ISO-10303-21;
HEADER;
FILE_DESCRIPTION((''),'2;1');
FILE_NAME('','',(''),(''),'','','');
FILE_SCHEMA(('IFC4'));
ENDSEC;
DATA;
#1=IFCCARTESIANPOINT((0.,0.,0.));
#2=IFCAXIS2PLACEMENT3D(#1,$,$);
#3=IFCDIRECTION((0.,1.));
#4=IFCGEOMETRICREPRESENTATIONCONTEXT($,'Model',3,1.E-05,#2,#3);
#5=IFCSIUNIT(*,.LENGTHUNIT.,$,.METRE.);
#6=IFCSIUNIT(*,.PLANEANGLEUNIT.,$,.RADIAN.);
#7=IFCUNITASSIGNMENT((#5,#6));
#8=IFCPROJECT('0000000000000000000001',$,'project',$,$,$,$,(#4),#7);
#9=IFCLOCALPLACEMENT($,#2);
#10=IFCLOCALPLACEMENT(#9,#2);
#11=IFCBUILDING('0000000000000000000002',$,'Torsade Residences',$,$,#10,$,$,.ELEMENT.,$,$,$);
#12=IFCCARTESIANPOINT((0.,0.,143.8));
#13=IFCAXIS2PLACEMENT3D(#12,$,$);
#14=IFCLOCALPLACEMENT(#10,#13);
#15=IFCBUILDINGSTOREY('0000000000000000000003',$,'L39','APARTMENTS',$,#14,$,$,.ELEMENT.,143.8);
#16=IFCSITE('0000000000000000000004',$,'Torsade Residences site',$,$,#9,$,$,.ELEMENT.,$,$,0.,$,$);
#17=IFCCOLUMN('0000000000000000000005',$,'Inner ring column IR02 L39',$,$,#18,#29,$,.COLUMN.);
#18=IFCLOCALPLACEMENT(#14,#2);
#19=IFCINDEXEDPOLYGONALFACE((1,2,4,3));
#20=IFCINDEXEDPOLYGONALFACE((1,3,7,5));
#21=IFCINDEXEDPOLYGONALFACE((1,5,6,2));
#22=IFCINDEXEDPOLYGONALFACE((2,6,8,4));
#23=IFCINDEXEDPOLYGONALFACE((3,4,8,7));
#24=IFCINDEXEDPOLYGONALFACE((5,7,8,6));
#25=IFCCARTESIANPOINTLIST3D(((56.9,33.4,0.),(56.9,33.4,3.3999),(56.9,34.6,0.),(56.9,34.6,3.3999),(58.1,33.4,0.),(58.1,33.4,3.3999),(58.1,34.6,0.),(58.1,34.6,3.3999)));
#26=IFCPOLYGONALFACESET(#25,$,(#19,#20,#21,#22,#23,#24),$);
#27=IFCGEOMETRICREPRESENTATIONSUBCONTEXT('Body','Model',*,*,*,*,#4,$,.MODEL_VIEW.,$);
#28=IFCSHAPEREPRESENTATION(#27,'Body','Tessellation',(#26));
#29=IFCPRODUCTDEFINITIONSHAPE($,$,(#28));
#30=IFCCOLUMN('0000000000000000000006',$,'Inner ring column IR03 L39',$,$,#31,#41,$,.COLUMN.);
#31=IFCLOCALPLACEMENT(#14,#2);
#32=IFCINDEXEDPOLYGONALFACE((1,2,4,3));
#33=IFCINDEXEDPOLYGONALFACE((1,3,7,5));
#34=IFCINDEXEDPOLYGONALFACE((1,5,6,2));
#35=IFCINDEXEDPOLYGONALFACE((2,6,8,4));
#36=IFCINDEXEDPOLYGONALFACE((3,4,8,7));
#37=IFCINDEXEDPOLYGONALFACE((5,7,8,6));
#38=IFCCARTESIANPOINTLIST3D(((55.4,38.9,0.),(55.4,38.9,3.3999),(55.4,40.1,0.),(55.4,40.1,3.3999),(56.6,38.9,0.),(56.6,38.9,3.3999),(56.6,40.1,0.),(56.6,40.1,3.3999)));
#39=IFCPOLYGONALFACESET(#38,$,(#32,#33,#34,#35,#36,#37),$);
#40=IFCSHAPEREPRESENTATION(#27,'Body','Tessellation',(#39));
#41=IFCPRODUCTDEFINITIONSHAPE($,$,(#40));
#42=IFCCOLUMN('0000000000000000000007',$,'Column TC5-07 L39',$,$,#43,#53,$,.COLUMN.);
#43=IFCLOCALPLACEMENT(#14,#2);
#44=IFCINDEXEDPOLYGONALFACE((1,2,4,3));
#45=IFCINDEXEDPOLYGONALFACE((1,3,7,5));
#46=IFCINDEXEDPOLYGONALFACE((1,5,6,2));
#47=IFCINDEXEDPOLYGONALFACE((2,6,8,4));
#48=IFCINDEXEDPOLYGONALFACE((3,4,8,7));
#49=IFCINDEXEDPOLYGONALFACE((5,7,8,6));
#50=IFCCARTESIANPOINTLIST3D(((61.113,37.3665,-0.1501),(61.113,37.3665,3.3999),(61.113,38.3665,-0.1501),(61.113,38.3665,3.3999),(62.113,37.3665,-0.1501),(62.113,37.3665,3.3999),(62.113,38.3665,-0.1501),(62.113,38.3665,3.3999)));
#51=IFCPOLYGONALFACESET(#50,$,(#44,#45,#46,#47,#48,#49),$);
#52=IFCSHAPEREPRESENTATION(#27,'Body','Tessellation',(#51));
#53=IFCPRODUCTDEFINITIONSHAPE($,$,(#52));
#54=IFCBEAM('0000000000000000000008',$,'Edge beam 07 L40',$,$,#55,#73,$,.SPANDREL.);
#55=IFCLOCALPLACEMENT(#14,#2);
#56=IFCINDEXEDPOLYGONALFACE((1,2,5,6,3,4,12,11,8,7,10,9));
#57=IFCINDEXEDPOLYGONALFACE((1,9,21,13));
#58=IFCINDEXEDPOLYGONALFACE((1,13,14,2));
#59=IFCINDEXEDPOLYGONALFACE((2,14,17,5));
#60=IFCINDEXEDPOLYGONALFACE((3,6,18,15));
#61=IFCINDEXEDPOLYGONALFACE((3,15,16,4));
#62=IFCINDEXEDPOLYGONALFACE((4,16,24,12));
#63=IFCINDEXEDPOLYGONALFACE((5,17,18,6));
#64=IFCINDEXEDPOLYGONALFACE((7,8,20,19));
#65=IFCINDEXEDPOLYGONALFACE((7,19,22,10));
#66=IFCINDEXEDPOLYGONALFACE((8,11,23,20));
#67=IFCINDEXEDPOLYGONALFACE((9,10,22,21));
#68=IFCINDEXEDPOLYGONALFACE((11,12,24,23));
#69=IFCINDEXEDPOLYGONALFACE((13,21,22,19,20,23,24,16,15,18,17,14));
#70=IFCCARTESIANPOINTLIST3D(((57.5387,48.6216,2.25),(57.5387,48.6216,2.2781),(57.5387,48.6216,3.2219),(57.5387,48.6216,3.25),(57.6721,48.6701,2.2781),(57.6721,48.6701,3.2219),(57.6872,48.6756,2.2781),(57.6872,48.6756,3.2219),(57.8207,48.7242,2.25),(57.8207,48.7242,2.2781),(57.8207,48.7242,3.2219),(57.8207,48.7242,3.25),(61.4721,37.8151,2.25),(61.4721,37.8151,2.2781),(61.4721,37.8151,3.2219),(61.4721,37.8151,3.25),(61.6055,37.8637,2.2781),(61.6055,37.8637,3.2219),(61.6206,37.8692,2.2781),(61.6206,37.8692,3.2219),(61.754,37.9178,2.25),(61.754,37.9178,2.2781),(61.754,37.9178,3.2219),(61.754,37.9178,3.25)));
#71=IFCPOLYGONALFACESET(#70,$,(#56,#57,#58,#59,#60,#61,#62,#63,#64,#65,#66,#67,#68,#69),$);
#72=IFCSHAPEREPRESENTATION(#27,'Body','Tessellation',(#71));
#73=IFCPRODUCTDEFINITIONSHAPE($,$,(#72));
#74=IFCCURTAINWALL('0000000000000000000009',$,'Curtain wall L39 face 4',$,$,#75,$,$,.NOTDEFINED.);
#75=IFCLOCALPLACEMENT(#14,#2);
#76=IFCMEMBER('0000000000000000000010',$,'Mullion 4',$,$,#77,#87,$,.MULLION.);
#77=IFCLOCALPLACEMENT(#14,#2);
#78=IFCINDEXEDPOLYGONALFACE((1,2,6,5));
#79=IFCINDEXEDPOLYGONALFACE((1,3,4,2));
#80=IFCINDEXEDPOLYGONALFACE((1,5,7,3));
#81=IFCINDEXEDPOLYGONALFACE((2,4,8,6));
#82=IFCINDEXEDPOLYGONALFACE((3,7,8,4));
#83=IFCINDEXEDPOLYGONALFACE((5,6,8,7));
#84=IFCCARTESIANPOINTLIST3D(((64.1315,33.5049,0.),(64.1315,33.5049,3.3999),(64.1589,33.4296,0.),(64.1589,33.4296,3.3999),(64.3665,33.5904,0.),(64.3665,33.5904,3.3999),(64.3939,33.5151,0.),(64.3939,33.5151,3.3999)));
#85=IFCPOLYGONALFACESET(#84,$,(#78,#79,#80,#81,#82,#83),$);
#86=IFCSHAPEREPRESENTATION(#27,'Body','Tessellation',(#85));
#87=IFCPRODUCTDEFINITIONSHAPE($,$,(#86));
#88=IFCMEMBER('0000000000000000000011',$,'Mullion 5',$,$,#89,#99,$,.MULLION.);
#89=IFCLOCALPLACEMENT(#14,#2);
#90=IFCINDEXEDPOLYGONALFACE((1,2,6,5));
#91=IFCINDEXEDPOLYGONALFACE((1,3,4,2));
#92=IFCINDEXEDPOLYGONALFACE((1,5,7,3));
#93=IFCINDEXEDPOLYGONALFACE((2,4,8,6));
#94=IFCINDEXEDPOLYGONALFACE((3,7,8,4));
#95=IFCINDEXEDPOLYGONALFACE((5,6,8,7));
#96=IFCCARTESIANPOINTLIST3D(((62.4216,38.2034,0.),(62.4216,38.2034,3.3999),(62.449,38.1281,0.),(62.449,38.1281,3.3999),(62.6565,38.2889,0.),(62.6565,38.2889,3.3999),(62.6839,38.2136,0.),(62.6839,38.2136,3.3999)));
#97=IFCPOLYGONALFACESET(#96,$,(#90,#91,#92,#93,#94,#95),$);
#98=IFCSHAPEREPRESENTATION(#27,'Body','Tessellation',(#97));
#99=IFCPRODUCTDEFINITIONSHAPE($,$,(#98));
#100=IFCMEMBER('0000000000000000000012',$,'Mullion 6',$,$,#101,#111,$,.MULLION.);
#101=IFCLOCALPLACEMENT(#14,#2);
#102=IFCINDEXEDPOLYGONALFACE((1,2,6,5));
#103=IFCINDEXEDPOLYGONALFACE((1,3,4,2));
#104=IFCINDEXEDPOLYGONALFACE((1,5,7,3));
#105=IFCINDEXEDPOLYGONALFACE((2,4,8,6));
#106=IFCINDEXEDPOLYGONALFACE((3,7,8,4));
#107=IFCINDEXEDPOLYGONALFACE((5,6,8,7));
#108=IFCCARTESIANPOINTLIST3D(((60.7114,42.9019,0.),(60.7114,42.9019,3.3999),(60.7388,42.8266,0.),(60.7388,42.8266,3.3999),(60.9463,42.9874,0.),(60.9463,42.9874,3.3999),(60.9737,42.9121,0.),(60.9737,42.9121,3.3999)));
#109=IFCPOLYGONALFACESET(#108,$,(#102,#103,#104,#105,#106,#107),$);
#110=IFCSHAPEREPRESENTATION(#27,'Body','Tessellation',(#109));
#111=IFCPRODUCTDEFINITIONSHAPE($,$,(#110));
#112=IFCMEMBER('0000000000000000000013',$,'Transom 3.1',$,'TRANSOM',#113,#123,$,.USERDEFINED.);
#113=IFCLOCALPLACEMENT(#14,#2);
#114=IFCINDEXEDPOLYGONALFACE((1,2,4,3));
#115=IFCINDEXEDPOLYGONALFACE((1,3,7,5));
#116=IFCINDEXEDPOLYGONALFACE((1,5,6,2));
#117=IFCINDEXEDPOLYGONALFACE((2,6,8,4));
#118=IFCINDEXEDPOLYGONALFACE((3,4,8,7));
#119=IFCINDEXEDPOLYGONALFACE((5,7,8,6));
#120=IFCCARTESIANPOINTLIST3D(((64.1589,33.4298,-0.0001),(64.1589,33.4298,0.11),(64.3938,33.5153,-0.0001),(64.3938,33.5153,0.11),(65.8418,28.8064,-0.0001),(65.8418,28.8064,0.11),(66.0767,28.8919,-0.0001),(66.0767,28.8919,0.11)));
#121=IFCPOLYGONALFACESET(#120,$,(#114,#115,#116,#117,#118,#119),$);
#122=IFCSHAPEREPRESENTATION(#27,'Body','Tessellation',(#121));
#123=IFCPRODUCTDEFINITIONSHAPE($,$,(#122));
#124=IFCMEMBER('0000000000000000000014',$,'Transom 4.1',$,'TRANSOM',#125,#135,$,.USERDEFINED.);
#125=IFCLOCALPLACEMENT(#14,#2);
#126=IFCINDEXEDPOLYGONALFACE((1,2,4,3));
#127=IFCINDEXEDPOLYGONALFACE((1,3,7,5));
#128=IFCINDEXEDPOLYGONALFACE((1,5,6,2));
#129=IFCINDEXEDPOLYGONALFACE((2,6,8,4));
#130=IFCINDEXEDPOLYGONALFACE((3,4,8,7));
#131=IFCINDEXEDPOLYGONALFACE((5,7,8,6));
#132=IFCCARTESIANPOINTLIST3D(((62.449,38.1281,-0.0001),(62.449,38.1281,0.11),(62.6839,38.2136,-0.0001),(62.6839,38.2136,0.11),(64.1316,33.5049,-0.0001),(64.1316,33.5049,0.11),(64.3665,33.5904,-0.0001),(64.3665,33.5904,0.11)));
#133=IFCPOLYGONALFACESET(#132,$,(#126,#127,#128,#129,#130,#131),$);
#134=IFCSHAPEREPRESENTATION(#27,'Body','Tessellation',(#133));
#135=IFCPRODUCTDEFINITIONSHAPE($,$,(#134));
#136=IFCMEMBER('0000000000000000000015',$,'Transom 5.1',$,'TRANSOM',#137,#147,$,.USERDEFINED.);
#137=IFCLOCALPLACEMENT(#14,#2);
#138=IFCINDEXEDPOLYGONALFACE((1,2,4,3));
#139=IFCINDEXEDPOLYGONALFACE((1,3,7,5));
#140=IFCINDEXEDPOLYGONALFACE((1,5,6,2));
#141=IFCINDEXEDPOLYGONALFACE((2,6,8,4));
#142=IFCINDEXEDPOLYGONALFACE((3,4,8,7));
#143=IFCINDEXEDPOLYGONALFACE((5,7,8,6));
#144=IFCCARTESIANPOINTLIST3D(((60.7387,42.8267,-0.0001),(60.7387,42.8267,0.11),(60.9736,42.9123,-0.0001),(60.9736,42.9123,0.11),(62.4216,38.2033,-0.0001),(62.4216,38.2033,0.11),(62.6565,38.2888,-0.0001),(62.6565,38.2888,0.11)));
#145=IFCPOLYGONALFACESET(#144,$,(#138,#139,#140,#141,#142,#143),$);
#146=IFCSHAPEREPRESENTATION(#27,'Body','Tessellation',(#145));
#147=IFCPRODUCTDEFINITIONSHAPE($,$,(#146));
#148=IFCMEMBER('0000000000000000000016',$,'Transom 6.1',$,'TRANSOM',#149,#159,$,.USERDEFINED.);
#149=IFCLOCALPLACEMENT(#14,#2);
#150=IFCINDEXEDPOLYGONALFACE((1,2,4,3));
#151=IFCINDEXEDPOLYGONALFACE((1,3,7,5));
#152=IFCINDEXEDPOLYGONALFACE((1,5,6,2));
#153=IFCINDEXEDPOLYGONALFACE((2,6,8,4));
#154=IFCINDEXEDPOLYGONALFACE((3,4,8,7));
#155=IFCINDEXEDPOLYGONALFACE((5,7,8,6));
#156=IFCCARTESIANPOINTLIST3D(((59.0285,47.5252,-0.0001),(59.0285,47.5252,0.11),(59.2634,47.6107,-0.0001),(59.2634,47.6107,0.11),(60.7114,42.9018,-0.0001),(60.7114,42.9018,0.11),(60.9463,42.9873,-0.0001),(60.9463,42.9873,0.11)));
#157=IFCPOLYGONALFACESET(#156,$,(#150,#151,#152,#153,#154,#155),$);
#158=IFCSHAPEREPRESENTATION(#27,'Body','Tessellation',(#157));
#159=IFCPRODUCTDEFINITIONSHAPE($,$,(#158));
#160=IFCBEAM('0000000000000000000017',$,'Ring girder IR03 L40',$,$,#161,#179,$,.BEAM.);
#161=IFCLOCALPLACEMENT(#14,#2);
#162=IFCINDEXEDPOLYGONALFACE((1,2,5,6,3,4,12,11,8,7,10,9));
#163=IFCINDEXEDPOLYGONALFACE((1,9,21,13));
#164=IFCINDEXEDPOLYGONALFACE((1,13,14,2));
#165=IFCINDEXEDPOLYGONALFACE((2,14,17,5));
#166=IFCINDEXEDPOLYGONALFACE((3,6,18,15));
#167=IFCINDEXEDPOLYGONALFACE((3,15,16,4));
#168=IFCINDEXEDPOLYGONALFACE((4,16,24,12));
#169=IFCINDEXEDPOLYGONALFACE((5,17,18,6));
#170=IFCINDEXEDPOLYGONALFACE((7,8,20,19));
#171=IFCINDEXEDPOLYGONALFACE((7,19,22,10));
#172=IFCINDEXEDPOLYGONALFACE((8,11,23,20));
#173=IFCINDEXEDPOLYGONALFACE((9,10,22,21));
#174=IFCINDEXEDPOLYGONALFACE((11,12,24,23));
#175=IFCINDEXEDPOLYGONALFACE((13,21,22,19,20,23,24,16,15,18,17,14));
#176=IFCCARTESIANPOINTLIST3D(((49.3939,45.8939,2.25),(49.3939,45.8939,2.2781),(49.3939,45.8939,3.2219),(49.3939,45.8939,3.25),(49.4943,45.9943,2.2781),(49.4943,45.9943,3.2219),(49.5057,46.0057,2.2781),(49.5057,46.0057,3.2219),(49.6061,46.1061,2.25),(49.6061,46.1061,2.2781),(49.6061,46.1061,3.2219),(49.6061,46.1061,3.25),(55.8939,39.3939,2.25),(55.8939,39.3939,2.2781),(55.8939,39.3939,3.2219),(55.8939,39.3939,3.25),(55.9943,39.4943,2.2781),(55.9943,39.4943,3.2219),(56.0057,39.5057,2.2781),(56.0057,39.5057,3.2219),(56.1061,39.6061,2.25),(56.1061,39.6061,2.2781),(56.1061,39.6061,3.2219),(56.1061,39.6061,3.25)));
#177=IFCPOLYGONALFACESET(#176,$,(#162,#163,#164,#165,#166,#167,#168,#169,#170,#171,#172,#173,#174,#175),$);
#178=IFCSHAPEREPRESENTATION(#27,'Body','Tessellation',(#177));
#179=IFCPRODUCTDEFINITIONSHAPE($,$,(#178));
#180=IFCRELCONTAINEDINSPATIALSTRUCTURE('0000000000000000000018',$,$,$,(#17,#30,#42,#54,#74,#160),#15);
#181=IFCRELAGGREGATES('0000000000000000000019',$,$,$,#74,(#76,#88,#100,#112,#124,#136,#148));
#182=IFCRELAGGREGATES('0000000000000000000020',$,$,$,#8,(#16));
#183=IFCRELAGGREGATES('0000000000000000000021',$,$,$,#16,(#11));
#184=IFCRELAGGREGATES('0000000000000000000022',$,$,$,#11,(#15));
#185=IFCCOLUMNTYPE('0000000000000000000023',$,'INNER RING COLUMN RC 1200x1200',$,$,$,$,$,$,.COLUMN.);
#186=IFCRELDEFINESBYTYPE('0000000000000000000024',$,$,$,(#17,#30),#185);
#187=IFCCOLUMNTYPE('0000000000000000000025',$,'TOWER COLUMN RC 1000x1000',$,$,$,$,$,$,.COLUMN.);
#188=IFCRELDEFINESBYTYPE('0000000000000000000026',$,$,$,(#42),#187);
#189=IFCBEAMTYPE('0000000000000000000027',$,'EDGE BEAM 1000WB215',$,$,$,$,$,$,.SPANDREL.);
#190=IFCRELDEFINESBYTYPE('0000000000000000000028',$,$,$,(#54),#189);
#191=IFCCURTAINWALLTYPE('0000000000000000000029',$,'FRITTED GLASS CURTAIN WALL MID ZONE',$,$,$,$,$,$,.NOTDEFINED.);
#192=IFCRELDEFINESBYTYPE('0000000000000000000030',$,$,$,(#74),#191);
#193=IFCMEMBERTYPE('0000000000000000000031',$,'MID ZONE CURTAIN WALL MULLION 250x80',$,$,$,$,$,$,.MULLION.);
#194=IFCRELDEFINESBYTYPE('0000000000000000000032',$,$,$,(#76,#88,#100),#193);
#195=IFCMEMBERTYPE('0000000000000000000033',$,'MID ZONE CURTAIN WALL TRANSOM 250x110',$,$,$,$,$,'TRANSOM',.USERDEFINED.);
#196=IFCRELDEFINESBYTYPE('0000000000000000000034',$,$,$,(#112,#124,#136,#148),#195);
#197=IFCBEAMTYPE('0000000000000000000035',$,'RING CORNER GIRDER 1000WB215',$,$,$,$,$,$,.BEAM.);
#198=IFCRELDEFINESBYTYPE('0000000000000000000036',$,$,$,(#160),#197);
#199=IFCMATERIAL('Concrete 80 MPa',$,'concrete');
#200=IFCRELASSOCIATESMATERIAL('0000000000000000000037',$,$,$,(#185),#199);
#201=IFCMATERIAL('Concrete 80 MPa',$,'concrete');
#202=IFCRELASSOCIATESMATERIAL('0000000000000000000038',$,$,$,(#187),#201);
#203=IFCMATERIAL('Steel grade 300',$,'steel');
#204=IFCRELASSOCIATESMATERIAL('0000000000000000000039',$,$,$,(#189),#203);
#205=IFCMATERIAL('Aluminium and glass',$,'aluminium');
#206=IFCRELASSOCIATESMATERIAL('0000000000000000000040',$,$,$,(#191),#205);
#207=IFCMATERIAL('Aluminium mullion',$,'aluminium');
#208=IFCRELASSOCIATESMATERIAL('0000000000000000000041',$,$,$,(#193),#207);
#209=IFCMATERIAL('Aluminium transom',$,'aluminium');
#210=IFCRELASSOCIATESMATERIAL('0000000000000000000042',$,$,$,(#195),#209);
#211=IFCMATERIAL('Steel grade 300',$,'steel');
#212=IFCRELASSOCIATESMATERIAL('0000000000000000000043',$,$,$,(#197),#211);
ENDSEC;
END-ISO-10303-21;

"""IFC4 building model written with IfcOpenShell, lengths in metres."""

from ifc_helpers import new_model, si_unit, direction, frame, origin, origin_2d, place, context, subcontext, project, spatial, rectangle, i_section, extrude, material, material_profile, profile_set, type_object, element, aggregate, save


model = new_model("IFC4")

# Units and contexts
model_context = context("Model", 3, precision=1e-05, world=origin(), true_north=direction((0.0, 1.0)))
body_context = subcontext(model_context, "Body", "Model", "MODEL_VIEW")
ifc_project = project(units=[si_unit("LENGTHUNIT", "METRE"), si_unit("PLANEANGLEUNIT", "RADIAN")], contexts=[model_context])

# Site, building, storey
site_placement = place(None, origin())
site = spatial("IfcSite", under=ifc_project, at=site_placement, Name="Torsade Residences site", CompositionType="ELEMENT", RefElevation=0.0)
building_placement = place(site_placement, origin())
building = spatial("IfcBuilding", under=site, at=building_placement, Name="Torsade Residences", CompositionType="ELEMENT")
storey_placement = place(building_placement, frame((0.0, 0.0, 143.8)))
storey = spatial("IfcBuildingStorey", under=building, at=storey_placement, Name="L39", Description="APARTMENTS", CompositionType="ELEMENT", Elevation=143.8)

# Columns
ifc_material_1 = material(Name="Concrete 80 MPa", Category="concrete")
ifc_material_profile_1 = material_profile(ifc_material_1, rectangle(XDim=1.2, YDim=1.2, at=origin_2d()), Name="RC 1200x1200")
ifc_profile_set_1 = profile_set([ifc_material_profile_1], Name="Concrete 80 MPa")
column_type_1 = type_object("IfcColumnType", Name="INNER RING COLUMN RC 1200x1200", PredefinedType="COLUMN", material=ifc_profile_set_1)
for number, where, z_axis, x_axis, name in (
    (1, (57.5, 34.0, 0.0), (0.0, 0.0, 1.0), (1.0, 0.0, 0.0), "Inner ring column IR02 L39"),
    (2, (56.0, 39.5, 0.0), (0.0, 0.0, 1.0), (1.0, 0.0, 0.0), "Inner ring column IR03 L39"),
):
    element("IfcColumn", number, at=place(storey_placement, frame(where, z_axis=z_axis, x_axis=x_axis)), inside=storey, type_object=column_type_1, Name=name, PredefinedType="COLUMN", context=body_context, shape_type="SweptSolid", body=[
        extrude(rectangle(XDim=1.2, YDim=1.2, at=origin_2d()), origin(), (0.0, 0.0, 1.0), 3.3999),
    ])
ifc_material_2 = material(Name="Concrete 80 MPa", Category="concrete")
ifc_material_profile_2 = material_profile(ifc_material_2, rectangle(XDim=1.0, YDim=1.0, at=origin_2d()), Name="RC 1000x1000")
ifc_profile_set_2 = profile_set([ifc_material_profile_2], Name="Concrete 80 MPa")
column_type_2 = type_object("IfcColumnType", Name="TOWER COLUMN RC 1000x1000", PredefinedType="COLUMN", material=ifc_profile_set_2)
column_placement = place(storey_placement, frame((61.613, 37.8665, -0.1501), z_axis=(0.0, 0.0, 1.0), x_axis=(1.0, 0.0, 0.0)))
element("IfcColumn", 3, at=column_placement, inside=storey, type_object=column_type_2, Name="Column TC5-07 L39", PredefinedType="COLUMN", context=body_context, shape_type="SweptSolid", body=[
    extrude(rectangle(XDim=1.0, YDim=1.0, at=origin_2d()), origin(), (0.0, 0.0, 1.0), 3.55),
])

# Beam
ifc_material_3 = material(Name="Steel grade 300", Category="steel")
ifc_material_profile_3 = material_profile(ifc_material_3, i_section(OverallWidth=0.3, OverallDepth=1.0, WebThickness=0.0161, FlangeThickness=0.0281, at=origin_2d()), Name="1000WB215")
ifc_profile_set_3 = profile_set([ifc_material_profile_3], Name="Steel grade 300")
beam_type_1 = type_object("IfcBeamType", Name="EDGE BEAM 1000WB215", PredefinedType="SPANDREL", material=ifc_profile_set_3)
beam_1_placement = place(storey_placement, frame((61.613, 37.8665, 2.75), z_axis=(-0.342031, 0.939689, 0.0), x_axis=(-0.939689, -0.342031, 0.0)))
element("IfcBeam", 4, at=beam_1_placement, inside=storey, type_object=beam_type_1, Name="Edge beam 07 L40", PredefinedType="SPANDREL", context=body_context, shape_type="SweptSolid", body=[
    extrude(i_section(OverallWidth=0.3, OverallDepth=1.0, WebThickness=0.0161, FlangeThickness=0.0281, at=origin_2d()), origin(), (0.0, 0.0, 1.0), 11.5),
])

# Curtain wall, members
ifc_material_4 = material(Name="Aluminium and glass", Category="aluminium")
curtain_wall_type = type_object("IfcCurtainWallType", Name="FRITTED GLASS CURTAIN WALL MID ZONE", PredefinedType="NOTDEFINED", material=ifc_material_4)
curtain_wall_placement = place(storey_placement, origin())
curtain_wall = element("IfcCurtainWall", 5, at=curtain_wall_placement, inside=storey, type_object=curtain_wall_type, Name="Curtain wall L39 face 4", PredefinedType="NOTDEFINED")
ifc_material_5 = material(Name="Aluminium mullion", Category="aluminium")
ifc_material_profile_4 = material_profile(ifc_material_5, rectangle(XDim=0.25, YDim=0.0801, at=origin_2d()), Name="MID ZONE CURTAIN WALL MULLION 250x80")
ifc_profile_set_4 = profile_set([ifc_material_profile_4], Name="Aluminium mullion")
member_type_1 = type_object("IfcMemberType", Name="MID ZONE CURTAIN WALL MULLION 250x80", PredefinedType="MULLION", material=ifc_profile_set_4)
member_1_placement = place(storey_placement, frame((64.2627, 33.51, 0.0), z_axis=(0.0, 0.0, 1.0), x_axis=(-0.939693, -0.34202, 0.0)))
member_1 = element("IfcMember", 6, at=member_1_placement, type_object=member_type_1, Name="Mullion 4", PredefinedType="MULLION", context=body_context, shape_type="SweptSolid", body=[
    extrude(rectangle(XDim=0.25, YDim=0.0801, at=origin_2d()), origin(), (0.0, 0.0, 1.0), 3.3999),
])
member_2_placement = place(storey_placement, frame((62.5527, 38.2085, 0.0), z_axis=(0.0, 0.0, 1.0), x_axis=(-0.939693, -0.34202, 0.0)))
member_2 = element("IfcMember", 7, at=member_2_placement, type_object=member_type_1, Name="Mullion 5", PredefinedType="MULLION", context=body_context, shape_type="SweptSolid", body=[
    extrude(rectangle(XDim=0.25, YDim=0.0801, at=origin_2d()), origin(), (0.0, 0.0, 1.0), 3.3999),
])
member_3_placement = place(storey_placement, frame((60.8425, 42.907, 0.0), z_axis=(0.0, 0.0, 1.0), x_axis=(-0.939693, -0.34202, 0.0)))
member_3 = element("IfcMember", 8, at=member_3_placement, type_object=member_type_1, Name="Mullion 6", PredefinedType="MULLION", context=body_context, shape_type="SweptSolid", body=[
    extrude(rectangle(XDim=0.25, YDim=0.0801, at=origin_2d()), origin(), (0.0, 0.0, 1.0), 3.3999),
])
ifc_material_6 = material(Name="Aluminium transom", Category="aluminium")
ifc_material_profile_5 = material_profile(ifc_material_6, rectangle(XDim=0.25, YDim=0.1101, at=origin_2d()), Name="MID ZONE CURTAIN WALL TRANSOM 250x110")
ifc_profile_set_5 = profile_set([ifc_material_profile_5], Name="Aluminium transom")
member_type_2 = type_object("IfcMemberType", Name="MID ZONE CURTAIN WALL TRANSOM 250x110", ElementType="TRANSOM", PredefinedType="USERDEFINED", material=ifc_profile_set_5)
member_4_placement = place(storey_placement, frame((65.9592, 28.8491, 0.0549), z_axis=(-0.342042, 0.939685, 0.0), x_axis=(-0.939685, -0.342042, 0.0)))
member_4 = element("IfcMember", 9, at=member_4_placement, type_object=member_type_2, Name="Transom 3.1", ObjectType="TRANSOM", PredefinedType="USERDEFINED", context=body_context, shape_type="SweptSolid", body=[
    extrude(rectangle(XDim=0.25, YDim=0.1101, at=origin_2d()), origin(), (0.0, 0.0, 1.0), 4.9202),
])
member_5_placement = place(storey_placement, frame((64.249, 33.5476, 0.0549), z_axis=(-0.341998, 0.939701, 0.0), x_axis=(-0.939701, -0.341998, 0.0)))
member_5 = element("IfcMember", 10, at=member_5_placement, type_object=member_type_2, Name="Transom 4.1", ObjectType="TRANSOM", PredefinedType="USERDEFINED", context=body_context, shape_type="SweptSolid", body=[
    extrude(rectangle(XDim=0.25, YDim=0.1101, at=origin_2d()), origin(), (0.0, 0.0, 1.0), 4.9199),
])
member_6_placement = place(storey_placement, frame((62.5391, 38.2461, 0.0549), z_axis=(-0.342042, 0.939685, 0.0), x_axis=(-0.939685, -0.342042, 0.0)))
member_6 = element("IfcMember", 11, at=member_6_placement, type_object=member_type_2, Name="Transom 5.1", ObjectType="TRANSOM", PredefinedType="USERDEFINED", context=body_context, shape_type="SweptSolid", body=[
    extrude(rectangle(XDim=0.25, YDim=0.1101, at=origin_2d()), origin(), (0.0, 0.0, 1.0), 4.9202),
])
member_7_placement = place(storey_placement, frame((60.8289, 42.9446, 0.0549), z_axis=(-0.342042, 0.939685, 0.0), x_axis=(-0.939685, -0.342042, 0.0)))
member_7 = element("IfcMember", 12, at=member_7_placement, type_object=member_type_2, Name="Transom 6.1", ObjectType="TRANSOM", PredefinedType="USERDEFINED", context=body_context, shape_type="SweptSolid", body=[
    extrude(rectangle(XDim=0.25, YDim=0.1101, at=origin_2d()), origin(), (0.0, 0.0, 1.0), 4.9202),
])

# Beam
ifc_material_7 = material(Name="Steel grade 300", Category="steel")
ifc_material_profile_6 = material_profile(ifc_material_7, i_section(OverallWidth=0.3, OverallDepth=1.0, WebThickness=0.0161, FlangeThickness=0.0281, at=origin_2d()), Name="1000WB215")
ifc_profile_set_6 = profile_set([ifc_material_profile_6], Name="Steel grade 300")
beam_type_2 = type_object("IfcBeamType", Name="RING CORNER GIRDER 1000WB215", PredefinedType="BEAM", material=ifc_profile_set_6)
beam_2_placement = place(storey_placement, frame((56.0, 39.5, 2.75), z_axis=(-0.707107, 0.707107, 0.0), x_axis=(-0.707107, -0.707107, 0.0)))
element("IfcBeam", 13, at=beam_2_placement, inside=storey, type_object=beam_type_2, Name="Ring girder IR03 L40", PredefinedType="BEAM", context=body_context, shape_type="SweptSolid", body=[
    extrude(i_section(OverallWidth=0.3, OverallDepth=1.0, WebThickness=0.0161, FlangeThickness=0.0281, at=origin_2d()), origin(), (0.0, 0.0, 1.0), 9.1924),
])

aggregate(curtain_wall, [member_1, member_2, member_3, member_4, member_5, member_6, member_7])

save(model, "model.ifc")
